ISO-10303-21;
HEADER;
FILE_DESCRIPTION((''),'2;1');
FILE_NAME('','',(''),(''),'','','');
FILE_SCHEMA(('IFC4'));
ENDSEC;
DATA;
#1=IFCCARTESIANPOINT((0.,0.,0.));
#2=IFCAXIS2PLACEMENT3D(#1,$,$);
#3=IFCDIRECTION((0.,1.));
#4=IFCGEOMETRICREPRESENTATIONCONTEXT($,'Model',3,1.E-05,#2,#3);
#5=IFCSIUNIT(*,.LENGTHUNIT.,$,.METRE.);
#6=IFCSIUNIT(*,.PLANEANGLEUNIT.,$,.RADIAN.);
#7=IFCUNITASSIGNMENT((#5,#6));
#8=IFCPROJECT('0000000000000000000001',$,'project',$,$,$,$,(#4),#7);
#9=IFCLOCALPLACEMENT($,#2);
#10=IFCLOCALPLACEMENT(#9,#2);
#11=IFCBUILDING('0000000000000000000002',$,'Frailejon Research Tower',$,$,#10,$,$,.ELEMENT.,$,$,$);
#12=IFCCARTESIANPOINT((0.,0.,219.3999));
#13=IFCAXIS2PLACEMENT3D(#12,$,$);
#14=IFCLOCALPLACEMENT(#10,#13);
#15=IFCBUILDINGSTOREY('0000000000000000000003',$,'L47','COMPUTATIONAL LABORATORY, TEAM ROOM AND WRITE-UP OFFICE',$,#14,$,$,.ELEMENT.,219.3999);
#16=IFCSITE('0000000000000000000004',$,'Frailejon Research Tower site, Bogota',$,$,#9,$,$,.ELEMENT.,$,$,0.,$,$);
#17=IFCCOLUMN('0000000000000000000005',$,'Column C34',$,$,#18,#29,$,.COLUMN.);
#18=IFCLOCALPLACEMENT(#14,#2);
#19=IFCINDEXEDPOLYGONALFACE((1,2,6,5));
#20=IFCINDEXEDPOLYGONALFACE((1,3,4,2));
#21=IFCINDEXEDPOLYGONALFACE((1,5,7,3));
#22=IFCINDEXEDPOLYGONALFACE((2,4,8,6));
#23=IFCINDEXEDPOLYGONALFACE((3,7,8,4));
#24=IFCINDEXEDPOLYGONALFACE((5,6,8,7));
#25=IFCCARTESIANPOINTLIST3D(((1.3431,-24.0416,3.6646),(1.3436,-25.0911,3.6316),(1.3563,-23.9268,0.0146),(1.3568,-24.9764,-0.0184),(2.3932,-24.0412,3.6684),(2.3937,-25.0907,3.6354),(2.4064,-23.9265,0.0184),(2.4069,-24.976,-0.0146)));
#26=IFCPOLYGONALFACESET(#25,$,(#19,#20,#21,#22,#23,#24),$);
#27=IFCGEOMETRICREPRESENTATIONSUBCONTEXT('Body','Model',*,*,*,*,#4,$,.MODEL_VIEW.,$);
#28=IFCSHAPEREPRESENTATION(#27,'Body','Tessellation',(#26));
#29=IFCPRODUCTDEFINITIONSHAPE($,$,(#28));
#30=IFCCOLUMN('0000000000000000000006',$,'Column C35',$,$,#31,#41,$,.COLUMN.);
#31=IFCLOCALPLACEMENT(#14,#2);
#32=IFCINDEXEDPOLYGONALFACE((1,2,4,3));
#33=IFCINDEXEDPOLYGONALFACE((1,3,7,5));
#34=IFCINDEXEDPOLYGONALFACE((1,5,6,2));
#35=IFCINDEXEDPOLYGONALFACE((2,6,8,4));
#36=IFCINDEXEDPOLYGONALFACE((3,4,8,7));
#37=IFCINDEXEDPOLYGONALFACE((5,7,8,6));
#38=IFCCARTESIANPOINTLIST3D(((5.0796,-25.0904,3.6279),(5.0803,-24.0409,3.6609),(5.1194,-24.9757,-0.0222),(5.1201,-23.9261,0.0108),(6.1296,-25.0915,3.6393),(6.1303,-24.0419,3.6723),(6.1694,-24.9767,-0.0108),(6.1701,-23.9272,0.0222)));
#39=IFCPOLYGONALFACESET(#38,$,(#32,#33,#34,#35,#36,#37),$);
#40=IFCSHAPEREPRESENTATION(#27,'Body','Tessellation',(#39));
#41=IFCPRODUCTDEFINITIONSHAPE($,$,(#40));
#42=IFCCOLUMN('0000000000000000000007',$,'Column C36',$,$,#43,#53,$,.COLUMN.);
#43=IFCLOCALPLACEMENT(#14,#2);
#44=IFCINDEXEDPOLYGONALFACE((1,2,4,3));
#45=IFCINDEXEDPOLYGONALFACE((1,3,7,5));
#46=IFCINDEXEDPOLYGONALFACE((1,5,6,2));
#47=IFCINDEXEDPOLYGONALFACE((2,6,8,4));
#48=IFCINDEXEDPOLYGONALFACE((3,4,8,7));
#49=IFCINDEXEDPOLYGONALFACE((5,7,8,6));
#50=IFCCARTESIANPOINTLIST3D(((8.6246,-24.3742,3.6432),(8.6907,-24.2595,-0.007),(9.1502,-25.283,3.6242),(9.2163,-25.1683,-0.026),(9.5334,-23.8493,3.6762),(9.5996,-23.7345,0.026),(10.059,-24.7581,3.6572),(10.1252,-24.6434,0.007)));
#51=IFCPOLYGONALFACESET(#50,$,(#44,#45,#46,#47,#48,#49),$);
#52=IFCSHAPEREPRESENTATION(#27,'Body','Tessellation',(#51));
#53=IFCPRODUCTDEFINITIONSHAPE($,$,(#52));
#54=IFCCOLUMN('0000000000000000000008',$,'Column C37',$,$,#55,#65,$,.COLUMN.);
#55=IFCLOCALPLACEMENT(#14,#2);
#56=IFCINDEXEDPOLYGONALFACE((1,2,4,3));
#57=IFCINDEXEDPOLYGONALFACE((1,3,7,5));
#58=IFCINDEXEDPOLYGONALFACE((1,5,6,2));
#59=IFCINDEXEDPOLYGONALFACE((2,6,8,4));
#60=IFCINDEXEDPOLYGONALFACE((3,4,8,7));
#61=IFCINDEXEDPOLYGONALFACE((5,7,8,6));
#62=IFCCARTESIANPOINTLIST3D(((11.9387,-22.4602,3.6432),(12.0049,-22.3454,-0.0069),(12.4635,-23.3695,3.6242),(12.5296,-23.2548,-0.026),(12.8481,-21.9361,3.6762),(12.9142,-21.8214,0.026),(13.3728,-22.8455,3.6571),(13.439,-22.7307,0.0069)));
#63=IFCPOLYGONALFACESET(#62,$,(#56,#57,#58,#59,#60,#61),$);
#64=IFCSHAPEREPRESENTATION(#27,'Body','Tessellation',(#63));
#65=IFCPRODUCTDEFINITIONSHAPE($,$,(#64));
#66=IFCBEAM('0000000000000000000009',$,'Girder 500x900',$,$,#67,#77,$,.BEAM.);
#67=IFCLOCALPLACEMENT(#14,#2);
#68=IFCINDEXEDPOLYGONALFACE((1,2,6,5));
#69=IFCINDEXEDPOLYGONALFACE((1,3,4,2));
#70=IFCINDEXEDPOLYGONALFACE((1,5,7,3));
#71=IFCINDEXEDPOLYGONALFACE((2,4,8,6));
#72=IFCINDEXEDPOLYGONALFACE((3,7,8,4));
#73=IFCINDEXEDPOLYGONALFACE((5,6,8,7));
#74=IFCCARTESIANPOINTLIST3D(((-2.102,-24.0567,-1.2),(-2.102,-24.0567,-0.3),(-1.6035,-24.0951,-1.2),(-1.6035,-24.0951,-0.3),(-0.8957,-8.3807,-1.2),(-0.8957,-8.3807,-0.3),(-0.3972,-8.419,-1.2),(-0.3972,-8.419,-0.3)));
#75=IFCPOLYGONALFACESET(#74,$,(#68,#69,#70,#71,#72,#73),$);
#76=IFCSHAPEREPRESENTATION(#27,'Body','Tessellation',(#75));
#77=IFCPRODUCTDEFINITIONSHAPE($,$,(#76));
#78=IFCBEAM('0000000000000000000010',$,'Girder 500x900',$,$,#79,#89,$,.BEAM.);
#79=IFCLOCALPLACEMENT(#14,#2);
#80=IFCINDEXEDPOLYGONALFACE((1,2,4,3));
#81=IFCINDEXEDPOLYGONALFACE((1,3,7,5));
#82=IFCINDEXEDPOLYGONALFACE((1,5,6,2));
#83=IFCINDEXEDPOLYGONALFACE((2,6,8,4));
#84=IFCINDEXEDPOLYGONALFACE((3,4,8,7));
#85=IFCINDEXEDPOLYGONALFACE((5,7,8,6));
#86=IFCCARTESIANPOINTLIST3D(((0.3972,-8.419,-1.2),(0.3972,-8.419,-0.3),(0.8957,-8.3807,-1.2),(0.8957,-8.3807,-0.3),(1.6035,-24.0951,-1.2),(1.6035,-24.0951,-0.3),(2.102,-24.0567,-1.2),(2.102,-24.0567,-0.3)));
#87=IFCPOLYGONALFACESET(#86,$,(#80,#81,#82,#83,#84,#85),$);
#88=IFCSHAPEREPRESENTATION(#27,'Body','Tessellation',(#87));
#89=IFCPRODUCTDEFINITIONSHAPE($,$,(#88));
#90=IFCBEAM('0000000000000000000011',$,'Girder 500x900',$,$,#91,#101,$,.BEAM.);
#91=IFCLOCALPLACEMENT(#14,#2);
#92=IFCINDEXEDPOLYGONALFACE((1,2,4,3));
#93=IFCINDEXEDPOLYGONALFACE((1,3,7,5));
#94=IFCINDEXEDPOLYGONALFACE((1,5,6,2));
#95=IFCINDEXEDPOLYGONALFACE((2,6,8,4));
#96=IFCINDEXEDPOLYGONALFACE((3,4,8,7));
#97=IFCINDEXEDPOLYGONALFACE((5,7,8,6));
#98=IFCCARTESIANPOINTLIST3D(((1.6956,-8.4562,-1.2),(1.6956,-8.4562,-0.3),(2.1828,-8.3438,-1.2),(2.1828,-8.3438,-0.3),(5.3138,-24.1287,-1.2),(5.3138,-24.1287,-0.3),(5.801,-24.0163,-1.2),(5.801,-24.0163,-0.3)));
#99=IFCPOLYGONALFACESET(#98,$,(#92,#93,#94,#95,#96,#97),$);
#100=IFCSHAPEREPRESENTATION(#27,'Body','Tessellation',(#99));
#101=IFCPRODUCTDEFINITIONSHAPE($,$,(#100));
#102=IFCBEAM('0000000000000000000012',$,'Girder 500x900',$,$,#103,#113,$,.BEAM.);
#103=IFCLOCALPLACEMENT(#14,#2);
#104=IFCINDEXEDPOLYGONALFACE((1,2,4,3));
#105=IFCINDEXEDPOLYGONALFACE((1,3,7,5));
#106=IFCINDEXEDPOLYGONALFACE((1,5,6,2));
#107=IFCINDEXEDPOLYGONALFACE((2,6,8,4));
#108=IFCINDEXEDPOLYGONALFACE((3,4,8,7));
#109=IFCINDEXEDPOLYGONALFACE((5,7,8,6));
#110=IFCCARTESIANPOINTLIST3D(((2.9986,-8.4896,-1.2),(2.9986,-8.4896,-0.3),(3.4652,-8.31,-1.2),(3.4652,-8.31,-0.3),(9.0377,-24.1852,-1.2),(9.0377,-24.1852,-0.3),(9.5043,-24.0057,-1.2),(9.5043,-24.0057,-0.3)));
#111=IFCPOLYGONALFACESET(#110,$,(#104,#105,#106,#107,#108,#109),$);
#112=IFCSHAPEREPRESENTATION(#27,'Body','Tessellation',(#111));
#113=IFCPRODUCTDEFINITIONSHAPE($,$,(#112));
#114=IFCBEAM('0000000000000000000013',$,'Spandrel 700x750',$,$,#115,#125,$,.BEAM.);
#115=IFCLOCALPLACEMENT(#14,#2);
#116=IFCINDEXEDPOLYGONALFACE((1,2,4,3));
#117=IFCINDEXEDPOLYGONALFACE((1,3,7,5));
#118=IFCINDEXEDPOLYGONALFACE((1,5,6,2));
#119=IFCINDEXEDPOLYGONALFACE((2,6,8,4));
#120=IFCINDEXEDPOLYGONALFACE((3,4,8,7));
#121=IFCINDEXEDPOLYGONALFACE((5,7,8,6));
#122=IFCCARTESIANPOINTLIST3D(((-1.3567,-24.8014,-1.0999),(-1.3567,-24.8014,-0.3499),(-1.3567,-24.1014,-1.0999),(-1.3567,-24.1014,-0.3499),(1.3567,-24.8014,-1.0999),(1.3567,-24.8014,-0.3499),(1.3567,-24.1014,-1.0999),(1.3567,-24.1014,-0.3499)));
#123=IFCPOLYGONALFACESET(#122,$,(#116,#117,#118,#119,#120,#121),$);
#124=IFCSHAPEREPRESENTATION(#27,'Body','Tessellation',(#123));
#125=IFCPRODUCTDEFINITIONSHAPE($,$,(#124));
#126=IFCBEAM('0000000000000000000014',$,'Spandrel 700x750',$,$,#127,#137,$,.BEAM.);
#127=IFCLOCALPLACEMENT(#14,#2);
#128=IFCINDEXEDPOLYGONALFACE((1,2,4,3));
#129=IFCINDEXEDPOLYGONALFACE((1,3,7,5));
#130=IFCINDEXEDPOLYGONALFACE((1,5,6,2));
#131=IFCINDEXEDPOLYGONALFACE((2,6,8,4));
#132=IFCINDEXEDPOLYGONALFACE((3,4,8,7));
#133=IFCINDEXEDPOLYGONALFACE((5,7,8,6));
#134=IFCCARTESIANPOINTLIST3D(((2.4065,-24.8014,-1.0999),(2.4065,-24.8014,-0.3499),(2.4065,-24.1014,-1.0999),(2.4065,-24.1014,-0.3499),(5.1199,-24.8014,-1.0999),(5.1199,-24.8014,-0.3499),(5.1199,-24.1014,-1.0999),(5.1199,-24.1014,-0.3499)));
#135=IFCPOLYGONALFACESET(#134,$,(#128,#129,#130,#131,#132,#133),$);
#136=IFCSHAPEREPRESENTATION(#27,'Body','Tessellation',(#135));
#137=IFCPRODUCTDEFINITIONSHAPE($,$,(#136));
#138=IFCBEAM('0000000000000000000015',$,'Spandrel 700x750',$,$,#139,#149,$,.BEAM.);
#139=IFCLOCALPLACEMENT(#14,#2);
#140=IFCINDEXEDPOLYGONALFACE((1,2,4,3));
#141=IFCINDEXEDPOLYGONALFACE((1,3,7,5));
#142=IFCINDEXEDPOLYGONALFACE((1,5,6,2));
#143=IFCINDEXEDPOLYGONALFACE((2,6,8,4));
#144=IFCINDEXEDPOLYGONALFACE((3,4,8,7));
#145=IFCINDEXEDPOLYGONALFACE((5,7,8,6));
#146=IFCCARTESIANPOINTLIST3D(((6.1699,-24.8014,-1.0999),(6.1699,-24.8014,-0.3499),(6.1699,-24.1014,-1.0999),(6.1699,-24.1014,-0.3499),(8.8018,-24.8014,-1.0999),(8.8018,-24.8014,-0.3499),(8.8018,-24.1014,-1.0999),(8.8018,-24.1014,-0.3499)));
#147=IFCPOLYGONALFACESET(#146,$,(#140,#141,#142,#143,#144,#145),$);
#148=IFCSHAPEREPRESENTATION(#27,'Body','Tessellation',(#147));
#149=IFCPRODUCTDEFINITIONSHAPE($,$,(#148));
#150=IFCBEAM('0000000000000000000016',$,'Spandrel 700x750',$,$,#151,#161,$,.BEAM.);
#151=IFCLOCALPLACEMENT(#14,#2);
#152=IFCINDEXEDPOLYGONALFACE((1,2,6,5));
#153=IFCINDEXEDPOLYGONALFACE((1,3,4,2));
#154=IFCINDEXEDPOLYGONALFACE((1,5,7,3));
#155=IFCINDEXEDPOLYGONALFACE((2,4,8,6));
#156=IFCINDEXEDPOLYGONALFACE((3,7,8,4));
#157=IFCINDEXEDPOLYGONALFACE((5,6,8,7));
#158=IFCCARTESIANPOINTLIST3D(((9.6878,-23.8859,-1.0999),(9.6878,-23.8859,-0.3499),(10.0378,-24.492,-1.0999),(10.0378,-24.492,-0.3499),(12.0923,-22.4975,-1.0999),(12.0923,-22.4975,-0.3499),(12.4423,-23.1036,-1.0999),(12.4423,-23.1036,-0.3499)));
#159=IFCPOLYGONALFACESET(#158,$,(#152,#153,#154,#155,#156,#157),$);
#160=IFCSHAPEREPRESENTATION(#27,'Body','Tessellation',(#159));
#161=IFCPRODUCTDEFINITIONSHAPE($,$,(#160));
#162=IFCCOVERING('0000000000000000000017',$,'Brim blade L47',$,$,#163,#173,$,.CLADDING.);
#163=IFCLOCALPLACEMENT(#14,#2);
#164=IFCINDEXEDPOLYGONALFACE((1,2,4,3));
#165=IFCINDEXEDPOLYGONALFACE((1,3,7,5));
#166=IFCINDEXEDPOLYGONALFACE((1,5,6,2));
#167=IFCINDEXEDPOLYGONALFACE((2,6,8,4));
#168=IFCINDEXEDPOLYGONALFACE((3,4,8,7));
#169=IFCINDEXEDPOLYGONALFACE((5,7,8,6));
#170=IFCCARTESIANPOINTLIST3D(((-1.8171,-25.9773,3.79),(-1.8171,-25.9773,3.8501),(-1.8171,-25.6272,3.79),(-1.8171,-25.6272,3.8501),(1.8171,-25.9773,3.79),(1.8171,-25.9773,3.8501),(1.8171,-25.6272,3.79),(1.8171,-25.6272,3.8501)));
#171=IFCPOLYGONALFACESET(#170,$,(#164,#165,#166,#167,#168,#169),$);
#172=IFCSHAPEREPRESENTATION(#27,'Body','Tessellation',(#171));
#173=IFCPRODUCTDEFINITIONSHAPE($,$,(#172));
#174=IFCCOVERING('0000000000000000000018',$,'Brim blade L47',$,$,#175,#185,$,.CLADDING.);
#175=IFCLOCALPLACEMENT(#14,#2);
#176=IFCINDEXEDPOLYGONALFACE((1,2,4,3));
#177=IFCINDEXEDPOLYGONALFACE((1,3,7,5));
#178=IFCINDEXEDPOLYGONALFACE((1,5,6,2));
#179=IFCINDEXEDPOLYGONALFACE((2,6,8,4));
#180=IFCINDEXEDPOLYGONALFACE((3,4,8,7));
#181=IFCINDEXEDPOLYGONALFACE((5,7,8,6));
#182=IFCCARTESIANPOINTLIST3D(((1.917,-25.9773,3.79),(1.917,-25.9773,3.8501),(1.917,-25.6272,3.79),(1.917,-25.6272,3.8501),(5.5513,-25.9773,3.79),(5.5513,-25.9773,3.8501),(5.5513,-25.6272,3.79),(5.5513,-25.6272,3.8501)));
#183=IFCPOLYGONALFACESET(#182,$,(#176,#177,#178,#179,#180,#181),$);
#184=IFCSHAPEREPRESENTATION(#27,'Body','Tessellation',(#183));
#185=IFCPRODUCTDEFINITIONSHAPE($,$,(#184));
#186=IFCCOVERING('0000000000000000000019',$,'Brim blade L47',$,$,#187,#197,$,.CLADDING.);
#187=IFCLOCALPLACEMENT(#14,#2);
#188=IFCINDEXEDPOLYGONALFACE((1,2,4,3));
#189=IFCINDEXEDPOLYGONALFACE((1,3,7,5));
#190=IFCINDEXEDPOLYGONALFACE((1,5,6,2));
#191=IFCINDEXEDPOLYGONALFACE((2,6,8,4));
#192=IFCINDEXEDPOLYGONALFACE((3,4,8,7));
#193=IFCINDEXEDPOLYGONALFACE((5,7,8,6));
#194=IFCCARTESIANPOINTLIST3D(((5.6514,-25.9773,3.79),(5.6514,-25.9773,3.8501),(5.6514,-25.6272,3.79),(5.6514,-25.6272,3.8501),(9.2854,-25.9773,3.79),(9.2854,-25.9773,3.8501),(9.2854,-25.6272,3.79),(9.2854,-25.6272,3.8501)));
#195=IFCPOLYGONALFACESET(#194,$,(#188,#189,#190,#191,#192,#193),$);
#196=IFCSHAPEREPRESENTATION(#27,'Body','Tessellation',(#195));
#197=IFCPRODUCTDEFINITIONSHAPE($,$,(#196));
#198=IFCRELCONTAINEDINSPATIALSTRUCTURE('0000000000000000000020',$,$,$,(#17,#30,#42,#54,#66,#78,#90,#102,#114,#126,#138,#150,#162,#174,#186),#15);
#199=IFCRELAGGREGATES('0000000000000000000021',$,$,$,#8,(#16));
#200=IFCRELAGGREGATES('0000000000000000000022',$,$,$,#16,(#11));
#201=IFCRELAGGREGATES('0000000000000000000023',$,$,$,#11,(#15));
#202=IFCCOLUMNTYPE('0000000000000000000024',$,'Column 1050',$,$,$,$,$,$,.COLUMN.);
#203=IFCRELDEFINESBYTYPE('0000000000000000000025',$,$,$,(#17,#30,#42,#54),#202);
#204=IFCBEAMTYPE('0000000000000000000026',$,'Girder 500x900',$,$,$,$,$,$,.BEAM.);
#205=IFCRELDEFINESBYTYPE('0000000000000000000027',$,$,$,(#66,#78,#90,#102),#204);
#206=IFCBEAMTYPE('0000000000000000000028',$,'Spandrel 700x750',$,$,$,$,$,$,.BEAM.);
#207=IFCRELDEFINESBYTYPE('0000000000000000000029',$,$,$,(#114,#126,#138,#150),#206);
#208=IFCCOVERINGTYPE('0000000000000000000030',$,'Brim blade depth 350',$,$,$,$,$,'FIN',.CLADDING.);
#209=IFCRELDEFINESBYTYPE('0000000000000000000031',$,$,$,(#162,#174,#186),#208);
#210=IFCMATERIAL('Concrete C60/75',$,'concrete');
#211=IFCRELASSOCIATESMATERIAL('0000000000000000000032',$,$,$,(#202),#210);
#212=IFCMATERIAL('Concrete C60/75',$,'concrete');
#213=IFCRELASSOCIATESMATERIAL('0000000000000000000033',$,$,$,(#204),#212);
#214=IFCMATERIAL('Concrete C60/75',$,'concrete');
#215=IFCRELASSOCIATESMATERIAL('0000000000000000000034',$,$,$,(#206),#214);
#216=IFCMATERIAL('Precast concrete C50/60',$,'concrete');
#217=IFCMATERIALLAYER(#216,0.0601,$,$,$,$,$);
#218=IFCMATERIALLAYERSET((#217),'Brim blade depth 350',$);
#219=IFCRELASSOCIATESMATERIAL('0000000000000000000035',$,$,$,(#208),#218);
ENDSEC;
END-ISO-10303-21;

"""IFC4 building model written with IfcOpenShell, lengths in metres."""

from ifc_helpers import new_model, si_unit, direction, frame, origin, origin_2d, place, context, subcontext, project, spatial, polyline, rectangle, outline, extrude, material, layer, layer_set, material_profile, profile_set, type_object, element, save


model = new_model("IFC4")

# Units and contexts
model_context = context("Model", 3, precision=1e-05, world=origin(), true_north=direction((0.0, 1.0)))
body_context = subcontext(model_context, "Body", "Model", "MODEL_VIEW")
ifc_project = project(units=[si_unit("LENGTHUNIT", "METRE"), si_unit("PLANEANGLEUNIT", "RADIAN")], contexts=[model_context])

# Site, building, storey
site_placement = place(None, origin())
site = spatial("IfcSite", under=ifc_project, at=site_placement, Name="Frailejon Research Tower site, Bogota", CompositionType="ELEMENT", RefElevation=0.0)
building_placement = place(site_placement, origin())
building = spatial("IfcBuilding", under=site, at=building_placement, Name="Frailejon Research Tower", CompositionType="ELEMENT")
storey_placement = place(building_placement, frame((0.0, 0.0, 219.3999)))
storey = spatial("IfcBuildingStorey", under=building, at=storey_placement, Name="L47", Description="COMPUTATIONAL LABORATORY, TEAM ROOM AND WRITE-UP OFFICE", CompositionType="ELEMENT", Elevation=219.3999)

# Columns
ifc_material_1 = material(Name="Concrete C60/75", Category="concrete")
ifc_material_profile_1 = material_profile(ifc_material_1, rectangle(XDim=1.05, YDim=1.05, at=origin_2d()), Name="Column 1050")
ifc_profile_set_1 = profile_set([ifc_material_profile_1], Name="Concrete C60/75")
column_type = type_object("IfcColumnType", Name="Column 1050", PredefinedType="COLUMN", material=ifc_profile_set_1)
column_1_placement = place(storey_placement, frame((1.8816, -24.4514, 0.0), z_axis=(-0.00361, -0.03142, 0.9995), x_axis=(0.999993, 0.000341, 0.003623)))
element("IfcColumn", 1, at=column_1_placement, inside=storey, type_object=column_type, Name="Column C34", PredefinedType="COLUMN", context=body_context, shape_type="SweptSolid", body=[
    extrude(rectangle(XDim=1.05, YDim=1.05, at=origin_2d()), origin(), (0.0, 0.0, 1.0), 3.6519),
])
column_2_placement = place(storey_placement, frame((5.6448, -24.4514, 0.0), z_axis=(-0.010896, -0.031419, 0.999447), x_axis=(0.99994, -0.001008, 0.01087)))
element("IfcColumn", 2, at=column_2_placement, inside=storey, type_object=column_type, Name="Column C35", PredefinedType="COLUMN", context=body_context, shape_type="SweptSolid", body=[
    extrude(rectangle(XDim=1.05, YDim=1.05, at=origin_2d()), origin(), (0.0, 0.0, 1.0), 3.6521),
])
for number, where, z_axis, x_axis, name in (
    (3, (9.408, -24.4514, 0.0), (-0.018114, -0.031415, 0.999342), (0.86552, 0.499889, 0.031403), "Column C36"),
    (4, (12.7219, -22.5381, 0.0), (-0.018114, -0.031415, 0.999342), (0.86599, 0.499075, 0.031386), "Column C37"),
):
    element("IfcColumn", number, at=place(storey_placement, frame(where, z_axis=z_axis, x_axis=x_axis)), inside=storey, type_object=column_type, Name=name, PredefinedType="COLUMN", context=body_context, shape_type="SweptSolid", body=[
        extrude(rectangle(XDim=1.05, YDim=1.05, at=origin_2d()), origin(), (0.0, 0.0, 1.0), 3.6526),
    ])

# Beams
ifc_material_2 = material(Name="Concrete C60/75", Category="concrete")
ifc_material_profile_2 = material_profile(ifc_material_2, rectangle(XDim=0.5, YDim=0.8999, at=origin_2d()), Name="Girder 500x900")
ifc_profile_set_2 = profile_set([ifc_material_profile_2], Name="Concrete C60/75")
beam_type_1 = type_object("IfcBeamType", Name="Girder 500x900", PredefinedType="BEAM", material=ifc_profile_set_2)
for number, where, z_axis, x_axis, name in (
    (5, (-1.8528, -24.0759, -0.75), (0.076725, 0.997052, 0.0), (-0.997052, 0.076725, 0.0), "Girder 500x900"),
    (6, (1.8528, -24.0759, -0.75), (-0.076725, 0.997052, 0.0), (-0.997052, -0.076725, 0.0), "Girder 500x900"),
):
    element("IfcBeam", number, at=place(storey_placement, frame(where, z_axis=z_axis, x_axis=x_axis)), inside=storey, type_object=beam_type_1, Name=name, PredefinedType="BEAM", context=body_context, shape_type="SweptSolid", body=[
        extrude(rectangle(XDim=0.5, YDim=0.8999, at=origin_2d()), origin(), (0.0, 0.0, 1.0), 15.7224),
    ])
beam_1_placement = place(storey_placement, frame((5.5574, -24.0725, -0.75), z_axis=(-0.224943, 0.974372, 0.0), x_axis=(-0.974372, -0.224943, 0.0)))
element("IfcBeam", 7, at=beam_1_placement, inside=storey, type_object=beam_type_1, Name="Girder 500x900", PredefinedType="BEAM", context=body_context, shape_type="SweptSolid", body=[
    extrude(rectangle(XDim=0.5, YDim=0.8999, at=origin_2d()), origin(), (0.0, 0.0, 1.0), 16.0847),
])
beam_2_placement = place(storey_placement, frame((9.271, -24.0955, -0.75), z_axis=(-0.359099, 0.9333, 0.0), x_axis=(-0.9333, -0.359099, 0.0)))
element("IfcBeam", 8, at=beam_2_placement, inside=storey, type_object=beam_type_1, Name="Girder 500x900", PredefinedType="BEAM", context=body_context, shape_type="SweptSolid", body=[
    extrude(rectangle(XDim=0.5, YDim=0.8999, at=origin_2d()), origin(), (0.0, 0.0, 1.0), 16.8174),
])
ifc_material_3 = material(Name="Concrete C60/75", Category="concrete")
ifc_material_profile_3 = material_profile(ifc_material_3, rectangle(XDim=0.7, YDim=0.75, at=origin_2d()), Name="Spandrel 700x750")
ifc_profile_set_3 = profile_set([ifc_material_profile_3], Name="Concrete C60/75")
beam_type_2 = type_object("IfcBeamType", Name="Spandrel 700x750", PredefinedType="BEAM", material=ifc_profile_set_3)
for number, where, z_axis, x_axis, name in (
    (9, (-1.3567, -24.4514, -0.7249), (1.0, 0.0, 0.0), (0.0, 1.0, 0.0), "Spandrel 700x750"),
    (10, (2.4065, -24.4514, -0.7249), (1.0, 0.0, 0.0), (0.0, 1.0, 0.0), "Spandrel 700x750"),
):
    element("IfcBeam", number, at=place(storey_placement, frame(where, z_axis=z_axis, x_axis=x_axis)), inside=storey, type_object=beam_type_2, Name=name, PredefinedType="BEAM", context=body_context, shape_type="SweptSolid", body=[
        extrude(rectangle(XDim=0.7, YDim=0.75, at=origin_2d()), origin(), (0.0, 0.0, 1.0), 2.7134),
    ])
beam_3_placement = place(storey_placement, frame((6.1699, -24.4514, -0.7249), z_axis=(1.0, 0.0, 0.0), x_axis=(0.0, 1.0, 0.0)))
element("IfcBeam", 11, at=beam_3_placement, inside=storey, type_object=beam_type_2, Name="Spandrel 700x750", PredefinedType="BEAM", context=body_context, shape_type="SweptSolid", body=[
    extrude(rectangle(XDim=0.7, YDim=0.75, at=origin_2d()), origin(), (0.0, 0.0, 1.0), 2.6318),
])
beam_4_placement = place(storey_placement, frame((9.8628, -24.189, -0.7249), z_axis=(0.866, 0.500045, 0.0), x_axis=(-0.500045, 0.866, 0.0)))
element("IfcBeam", 12, at=beam_4_placement, inside=storey, type_object=beam_type_2, Name="Spandrel 700x750", PredefinedType="BEAM", context=body_context, shape_type="SweptSolid", body=[
    extrude(rectangle(XDim=0.7, YDim=0.75, at=origin_2d()), origin(), (0.0, 0.0, 1.0), 2.7766),
])

# Coverings
ifc_material_4 = material(Name="Precast concrete C50/60", Category="concrete")
ifc_layer_1 = layer(ifc_material_4, 0.0601)
ifc_layer_set_1 = layer_set([ifc_layer_1], Name="Brim blade depth 350")
covering_type_1 = type_object("IfcCoveringType", Name="Brim blade depth 350", ElementType="FIN", PredefinedType="CLADDING", material=ifc_layer_set_1)
for number, where, z_axis, x_axis, name in (
    (13, (1.8171, -25.6272, 3.8501), (-1.0, 0.0, 0.0), (0.0, -1.0, 0.0), "Brim blade L47"),
    (14, (5.5513, -25.6272, 3.8501), (-1.0, 0.0, 0.0), (0.0, -1.0, 0.0), "Brim blade L47"),
):
    element("IfcCovering", number, at=place(storey_placement, frame(where, z_axis=z_axis, x_axis=x_axis)), inside=storey, type_object=covering_type_1, Name=name, PredefinedType="CLADDING", context=body_context, shape_type="SweptSolid", body=[
        extrude(outline(polyline([(0.0, -0.0601), (0.3501, -0.0601), (0.3501, 0.0), (0.0, 0.0), (0.0, -0.0601)])), origin(), (0.0, 0.0, 1.0), 3.6343),
    ])
covering_1_placement = place(storey_placement, frame((9.2854, -25.6272, 3.8501), z_axis=(-1.0, 0.0, 0.0), x_axis=(0.0, -1.0, 0.0)))
element("IfcCovering", 15, at=covering_1_placement, inside=storey, type_object=covering_type_1, Name="Brim blade L47", PredefinedType="CLADDING", context=body_context, shape_type="SweptSolid", body=[
    extrude(outline(polyline([(0.0, -0.0601), (0.3501, -0.0601), (0.3501, 0.0), (0.0, 0.0), (0.0, -0.0601)])), origin(), (0.0, 0.0, 1.0), 3.634),
])

save(model, "model.ifc")
